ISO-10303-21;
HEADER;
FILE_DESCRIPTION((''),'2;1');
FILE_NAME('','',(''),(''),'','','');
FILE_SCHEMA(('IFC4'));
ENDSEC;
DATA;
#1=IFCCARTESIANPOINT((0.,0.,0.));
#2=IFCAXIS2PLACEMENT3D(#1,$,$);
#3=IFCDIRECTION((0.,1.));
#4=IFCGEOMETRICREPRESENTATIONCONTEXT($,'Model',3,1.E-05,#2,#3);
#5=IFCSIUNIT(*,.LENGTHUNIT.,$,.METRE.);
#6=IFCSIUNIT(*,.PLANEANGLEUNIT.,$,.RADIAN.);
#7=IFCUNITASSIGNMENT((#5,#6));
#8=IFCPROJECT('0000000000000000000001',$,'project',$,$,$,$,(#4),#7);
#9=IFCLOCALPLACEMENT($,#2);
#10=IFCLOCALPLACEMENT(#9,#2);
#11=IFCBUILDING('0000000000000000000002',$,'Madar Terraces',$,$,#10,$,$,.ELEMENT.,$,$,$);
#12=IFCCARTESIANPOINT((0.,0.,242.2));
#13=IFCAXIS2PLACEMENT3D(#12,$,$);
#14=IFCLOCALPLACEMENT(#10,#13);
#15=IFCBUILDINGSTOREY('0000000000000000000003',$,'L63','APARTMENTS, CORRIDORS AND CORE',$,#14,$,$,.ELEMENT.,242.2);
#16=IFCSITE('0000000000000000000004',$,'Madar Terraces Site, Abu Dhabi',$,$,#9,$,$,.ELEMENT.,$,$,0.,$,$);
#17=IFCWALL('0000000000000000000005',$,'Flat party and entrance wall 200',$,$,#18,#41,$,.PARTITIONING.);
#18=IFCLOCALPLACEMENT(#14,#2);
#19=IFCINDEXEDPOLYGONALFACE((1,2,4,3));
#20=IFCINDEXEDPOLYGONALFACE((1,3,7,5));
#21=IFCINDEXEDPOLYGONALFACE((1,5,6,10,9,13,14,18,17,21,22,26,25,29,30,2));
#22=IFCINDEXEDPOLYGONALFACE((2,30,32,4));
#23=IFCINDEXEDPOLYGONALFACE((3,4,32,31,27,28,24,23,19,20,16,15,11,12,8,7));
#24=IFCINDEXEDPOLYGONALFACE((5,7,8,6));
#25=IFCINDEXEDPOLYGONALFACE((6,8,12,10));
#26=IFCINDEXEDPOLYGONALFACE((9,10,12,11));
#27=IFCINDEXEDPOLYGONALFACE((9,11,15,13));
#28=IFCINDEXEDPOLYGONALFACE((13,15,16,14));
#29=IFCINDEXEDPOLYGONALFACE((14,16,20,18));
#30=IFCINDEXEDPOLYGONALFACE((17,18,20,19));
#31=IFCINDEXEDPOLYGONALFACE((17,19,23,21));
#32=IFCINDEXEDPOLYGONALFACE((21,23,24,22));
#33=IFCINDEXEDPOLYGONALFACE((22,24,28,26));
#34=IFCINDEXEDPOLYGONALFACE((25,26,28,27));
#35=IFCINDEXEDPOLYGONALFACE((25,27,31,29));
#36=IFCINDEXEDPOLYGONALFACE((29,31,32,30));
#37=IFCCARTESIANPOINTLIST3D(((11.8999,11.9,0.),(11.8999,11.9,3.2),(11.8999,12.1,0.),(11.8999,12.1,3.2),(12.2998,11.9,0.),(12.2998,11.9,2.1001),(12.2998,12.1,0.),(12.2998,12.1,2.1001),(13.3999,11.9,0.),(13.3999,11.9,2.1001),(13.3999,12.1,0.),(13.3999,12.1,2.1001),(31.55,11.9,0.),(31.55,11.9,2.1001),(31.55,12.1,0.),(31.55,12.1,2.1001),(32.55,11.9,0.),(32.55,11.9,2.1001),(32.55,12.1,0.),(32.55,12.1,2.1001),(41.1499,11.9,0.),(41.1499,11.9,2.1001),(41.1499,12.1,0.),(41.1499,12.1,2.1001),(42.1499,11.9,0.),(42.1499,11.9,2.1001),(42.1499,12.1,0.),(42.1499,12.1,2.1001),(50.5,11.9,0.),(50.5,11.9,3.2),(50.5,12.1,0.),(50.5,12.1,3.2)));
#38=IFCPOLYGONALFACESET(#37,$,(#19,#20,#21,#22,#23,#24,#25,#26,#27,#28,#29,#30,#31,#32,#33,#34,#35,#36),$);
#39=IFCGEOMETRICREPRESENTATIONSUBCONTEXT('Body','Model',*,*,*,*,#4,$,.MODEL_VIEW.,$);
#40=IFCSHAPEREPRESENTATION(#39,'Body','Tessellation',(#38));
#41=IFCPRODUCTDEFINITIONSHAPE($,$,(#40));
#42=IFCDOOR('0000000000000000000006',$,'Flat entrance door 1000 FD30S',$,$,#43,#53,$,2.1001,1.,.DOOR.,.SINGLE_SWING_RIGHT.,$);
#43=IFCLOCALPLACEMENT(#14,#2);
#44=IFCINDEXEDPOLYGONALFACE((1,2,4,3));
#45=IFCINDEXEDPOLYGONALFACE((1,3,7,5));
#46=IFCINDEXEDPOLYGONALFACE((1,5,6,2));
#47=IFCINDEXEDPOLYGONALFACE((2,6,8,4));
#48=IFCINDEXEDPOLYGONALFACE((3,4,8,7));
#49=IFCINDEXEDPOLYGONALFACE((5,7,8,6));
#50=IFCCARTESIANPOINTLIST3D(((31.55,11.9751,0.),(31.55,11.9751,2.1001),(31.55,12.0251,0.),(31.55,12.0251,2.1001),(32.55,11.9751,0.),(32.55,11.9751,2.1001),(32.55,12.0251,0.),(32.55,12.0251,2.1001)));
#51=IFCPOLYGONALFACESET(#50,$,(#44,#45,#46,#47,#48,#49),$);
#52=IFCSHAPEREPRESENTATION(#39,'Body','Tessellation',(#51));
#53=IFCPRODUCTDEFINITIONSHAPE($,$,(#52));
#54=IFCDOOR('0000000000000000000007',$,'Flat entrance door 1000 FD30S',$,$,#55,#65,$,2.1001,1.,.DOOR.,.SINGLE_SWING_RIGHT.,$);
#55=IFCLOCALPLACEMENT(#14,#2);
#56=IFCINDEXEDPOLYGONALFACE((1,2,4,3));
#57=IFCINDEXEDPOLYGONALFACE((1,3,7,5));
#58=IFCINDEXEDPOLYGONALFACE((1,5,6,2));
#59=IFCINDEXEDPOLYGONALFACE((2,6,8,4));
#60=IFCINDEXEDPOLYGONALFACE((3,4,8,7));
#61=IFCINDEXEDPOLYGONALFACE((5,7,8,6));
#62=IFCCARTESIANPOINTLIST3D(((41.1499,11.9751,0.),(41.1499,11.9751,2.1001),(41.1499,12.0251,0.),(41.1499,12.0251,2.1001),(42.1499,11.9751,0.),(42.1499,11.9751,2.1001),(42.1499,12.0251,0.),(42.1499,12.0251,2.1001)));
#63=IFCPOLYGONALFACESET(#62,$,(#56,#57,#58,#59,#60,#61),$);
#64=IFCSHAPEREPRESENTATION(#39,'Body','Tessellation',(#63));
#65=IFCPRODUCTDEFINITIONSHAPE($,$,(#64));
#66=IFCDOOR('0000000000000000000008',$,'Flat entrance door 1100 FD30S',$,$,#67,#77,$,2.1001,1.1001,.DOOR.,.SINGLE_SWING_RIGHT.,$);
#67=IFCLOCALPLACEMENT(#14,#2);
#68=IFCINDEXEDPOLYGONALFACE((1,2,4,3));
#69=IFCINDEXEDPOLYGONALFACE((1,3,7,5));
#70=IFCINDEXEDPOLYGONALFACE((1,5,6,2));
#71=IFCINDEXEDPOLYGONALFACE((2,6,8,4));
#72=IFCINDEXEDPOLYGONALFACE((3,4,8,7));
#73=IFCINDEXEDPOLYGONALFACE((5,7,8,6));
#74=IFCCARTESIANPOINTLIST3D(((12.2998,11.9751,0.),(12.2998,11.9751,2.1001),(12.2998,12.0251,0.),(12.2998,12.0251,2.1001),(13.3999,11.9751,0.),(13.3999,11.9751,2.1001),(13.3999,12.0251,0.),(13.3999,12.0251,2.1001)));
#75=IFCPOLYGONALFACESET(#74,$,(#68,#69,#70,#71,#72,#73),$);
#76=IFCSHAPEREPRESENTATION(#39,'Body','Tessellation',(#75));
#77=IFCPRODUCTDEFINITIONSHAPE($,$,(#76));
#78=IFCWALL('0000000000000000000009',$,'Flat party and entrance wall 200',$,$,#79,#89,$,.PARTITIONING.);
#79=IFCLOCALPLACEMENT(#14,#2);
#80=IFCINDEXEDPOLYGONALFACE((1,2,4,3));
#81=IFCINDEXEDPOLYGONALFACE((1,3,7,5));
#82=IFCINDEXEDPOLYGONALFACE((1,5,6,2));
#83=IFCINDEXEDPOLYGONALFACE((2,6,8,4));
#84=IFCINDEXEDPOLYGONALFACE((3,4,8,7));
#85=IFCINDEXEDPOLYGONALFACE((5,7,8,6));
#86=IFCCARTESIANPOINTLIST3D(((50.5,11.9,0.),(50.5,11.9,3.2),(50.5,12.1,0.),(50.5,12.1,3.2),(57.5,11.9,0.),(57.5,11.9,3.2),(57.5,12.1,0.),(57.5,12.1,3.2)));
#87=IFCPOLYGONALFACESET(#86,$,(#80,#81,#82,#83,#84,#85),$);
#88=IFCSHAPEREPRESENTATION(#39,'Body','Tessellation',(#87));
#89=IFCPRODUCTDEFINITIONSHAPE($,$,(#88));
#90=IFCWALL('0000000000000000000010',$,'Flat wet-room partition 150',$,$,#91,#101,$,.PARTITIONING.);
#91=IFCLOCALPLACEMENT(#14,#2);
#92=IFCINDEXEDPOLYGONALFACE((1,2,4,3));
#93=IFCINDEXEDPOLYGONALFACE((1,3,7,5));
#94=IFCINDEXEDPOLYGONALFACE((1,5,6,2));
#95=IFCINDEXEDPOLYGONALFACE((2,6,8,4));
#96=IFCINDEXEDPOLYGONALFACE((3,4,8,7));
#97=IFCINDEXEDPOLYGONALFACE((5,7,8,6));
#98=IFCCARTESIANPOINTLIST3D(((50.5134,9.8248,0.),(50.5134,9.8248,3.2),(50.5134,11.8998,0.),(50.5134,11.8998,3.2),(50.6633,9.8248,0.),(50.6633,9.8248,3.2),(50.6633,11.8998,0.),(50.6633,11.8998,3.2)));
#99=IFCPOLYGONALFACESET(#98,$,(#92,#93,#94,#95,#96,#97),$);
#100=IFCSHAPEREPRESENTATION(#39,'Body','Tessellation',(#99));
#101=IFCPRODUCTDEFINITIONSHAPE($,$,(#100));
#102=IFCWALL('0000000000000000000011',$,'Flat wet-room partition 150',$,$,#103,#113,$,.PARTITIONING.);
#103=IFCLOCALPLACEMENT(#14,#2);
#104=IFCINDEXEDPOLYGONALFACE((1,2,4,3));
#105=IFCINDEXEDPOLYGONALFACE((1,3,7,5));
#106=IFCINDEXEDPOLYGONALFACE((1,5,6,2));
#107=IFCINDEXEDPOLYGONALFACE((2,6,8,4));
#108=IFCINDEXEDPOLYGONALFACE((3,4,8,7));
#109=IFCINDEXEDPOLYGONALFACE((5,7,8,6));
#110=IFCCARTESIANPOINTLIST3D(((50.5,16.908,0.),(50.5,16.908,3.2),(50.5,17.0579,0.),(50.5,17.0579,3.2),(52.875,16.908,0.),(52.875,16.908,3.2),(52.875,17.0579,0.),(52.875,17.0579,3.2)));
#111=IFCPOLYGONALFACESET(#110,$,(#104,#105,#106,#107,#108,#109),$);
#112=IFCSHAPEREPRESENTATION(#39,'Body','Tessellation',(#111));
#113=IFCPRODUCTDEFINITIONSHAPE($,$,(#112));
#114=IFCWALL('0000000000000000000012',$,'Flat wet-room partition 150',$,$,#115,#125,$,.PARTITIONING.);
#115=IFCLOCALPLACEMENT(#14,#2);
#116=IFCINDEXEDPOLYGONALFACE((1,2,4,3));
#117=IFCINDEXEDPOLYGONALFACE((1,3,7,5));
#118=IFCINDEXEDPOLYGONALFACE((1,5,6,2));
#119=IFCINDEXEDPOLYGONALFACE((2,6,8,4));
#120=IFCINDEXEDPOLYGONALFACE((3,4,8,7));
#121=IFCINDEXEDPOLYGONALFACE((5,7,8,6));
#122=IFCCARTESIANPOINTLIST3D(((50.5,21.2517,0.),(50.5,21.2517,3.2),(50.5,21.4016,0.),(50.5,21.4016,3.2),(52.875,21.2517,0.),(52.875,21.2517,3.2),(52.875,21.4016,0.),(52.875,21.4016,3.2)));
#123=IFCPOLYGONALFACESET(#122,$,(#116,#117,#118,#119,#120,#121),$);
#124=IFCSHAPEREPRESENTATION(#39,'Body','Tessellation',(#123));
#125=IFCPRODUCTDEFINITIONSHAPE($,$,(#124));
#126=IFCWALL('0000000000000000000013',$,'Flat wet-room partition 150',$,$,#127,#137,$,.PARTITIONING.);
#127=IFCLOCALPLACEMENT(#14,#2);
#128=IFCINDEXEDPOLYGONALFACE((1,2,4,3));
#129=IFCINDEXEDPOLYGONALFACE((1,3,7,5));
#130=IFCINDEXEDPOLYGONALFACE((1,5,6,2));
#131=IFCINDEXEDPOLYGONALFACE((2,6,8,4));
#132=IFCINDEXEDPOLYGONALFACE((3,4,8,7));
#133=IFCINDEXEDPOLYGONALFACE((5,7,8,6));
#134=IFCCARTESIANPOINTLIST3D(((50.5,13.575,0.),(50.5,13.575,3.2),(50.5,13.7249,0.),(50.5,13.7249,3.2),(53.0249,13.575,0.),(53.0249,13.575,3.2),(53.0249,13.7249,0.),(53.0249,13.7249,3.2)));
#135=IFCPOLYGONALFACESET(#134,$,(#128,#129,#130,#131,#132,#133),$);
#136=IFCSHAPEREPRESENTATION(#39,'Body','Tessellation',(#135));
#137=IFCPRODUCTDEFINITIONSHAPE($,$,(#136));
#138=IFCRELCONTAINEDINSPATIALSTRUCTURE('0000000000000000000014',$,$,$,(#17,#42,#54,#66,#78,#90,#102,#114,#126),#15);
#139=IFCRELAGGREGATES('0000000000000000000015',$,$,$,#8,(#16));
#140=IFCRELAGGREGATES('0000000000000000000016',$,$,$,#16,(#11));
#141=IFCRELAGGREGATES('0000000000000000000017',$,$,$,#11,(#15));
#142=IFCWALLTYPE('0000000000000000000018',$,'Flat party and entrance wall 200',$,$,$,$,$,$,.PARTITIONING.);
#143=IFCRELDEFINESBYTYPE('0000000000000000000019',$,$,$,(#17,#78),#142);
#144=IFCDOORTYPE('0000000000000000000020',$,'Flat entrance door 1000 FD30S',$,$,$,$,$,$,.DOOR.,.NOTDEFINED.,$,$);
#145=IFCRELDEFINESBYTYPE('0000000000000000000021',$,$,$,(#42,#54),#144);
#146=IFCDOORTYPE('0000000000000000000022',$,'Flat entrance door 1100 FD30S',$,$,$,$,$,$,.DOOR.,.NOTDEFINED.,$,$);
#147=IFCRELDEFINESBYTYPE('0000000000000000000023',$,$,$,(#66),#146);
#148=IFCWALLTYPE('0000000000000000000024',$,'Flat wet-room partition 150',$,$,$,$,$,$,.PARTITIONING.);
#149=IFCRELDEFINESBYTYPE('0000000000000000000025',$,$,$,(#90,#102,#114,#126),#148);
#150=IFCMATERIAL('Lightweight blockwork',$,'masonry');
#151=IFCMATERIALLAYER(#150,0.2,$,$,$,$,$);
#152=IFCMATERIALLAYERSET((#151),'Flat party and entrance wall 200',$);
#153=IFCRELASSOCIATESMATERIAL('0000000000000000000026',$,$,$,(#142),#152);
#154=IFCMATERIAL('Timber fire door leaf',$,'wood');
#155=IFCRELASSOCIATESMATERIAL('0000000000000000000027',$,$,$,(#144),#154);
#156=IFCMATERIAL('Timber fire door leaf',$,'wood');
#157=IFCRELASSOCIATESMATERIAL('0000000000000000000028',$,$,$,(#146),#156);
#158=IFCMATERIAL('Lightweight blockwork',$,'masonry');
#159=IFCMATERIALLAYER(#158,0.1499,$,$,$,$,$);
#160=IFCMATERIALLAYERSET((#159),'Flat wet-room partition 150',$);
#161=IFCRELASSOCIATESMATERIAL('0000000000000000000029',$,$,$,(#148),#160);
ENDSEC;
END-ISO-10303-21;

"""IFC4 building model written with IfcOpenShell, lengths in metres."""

from ifc_helpers import new_model, si_unit, direction, frame, frame_2d, origin, place, context, subcontext, project, spatial, rectangle, extrude, material, layer, layer_set, type_object, element, fill, save


model = new_model("IFC4")

# Units and contexts
model_context = context("Model", 3, precision=1e-05, world=origin(), true_north=direction((0.0, 1.0)))
body_context = subcontext(model_context, "Body", "Model", "MODEL_VIEW")
ifc_project = project(units=[si_unit("LENGTHUNIT", "METRE"), si_unit("PLANEANGLEUNIT", "RADIAN")], contexts=[model_context])

# Site, building, storey
site_placement = place(None, origin())
site = spatial("IfcSite", under=ifc_project, at=site_placement, Name="Madar Terraces Site, Abu Dhabi", CompositionType="ELEMENT", RefElevation=0.0)
building_placement = place(site_placement, origin())
building = spatial("IfcBuilding", under=site, at=building_placement, Name="Madar Terraces", CompositionType="ELEMENT")
storey_placement = place(building_placement, frame((0.0, 0.0, 242.2)))
storey = spatial("IfcBuildingStorey", under=building, at=storey_placement, Name="L63", Description="APARTMENTS, CORRIDORS AND CORE", CompositionType="ELEMENT", Elevation=242.2)

# Wall, openings, doors
ifc_material_1 = material(Name="Lightweight blockwork", Category="masonry")
ifc_layer_1 = layer(ifc_material_1, 0.2)
ifc_layer_set_1 = layer_set([ifc_layer_1], Name="Flat party and entrance wall 200")
wall_type_1 = type_object("IfcWallType", Name="Flat party and entrance wall 200", PredefinedType="PARTITIONING", material=ifc_layer_set_1)
wall_1_placement = place(storey_placement, frame((50.5, 12.0, 0.0), z_axis=(0.0, 0.0, 1.0), x_axis=(-1.0, 0.0, 0.0)))
wall_1 = element("IfcWall", 1, at=wall_1_placement, inside=storey, type_object=wall_type_1, Name="Flat party and entrance wall 200", PredefinedType="PARTITIONING", context=body_context, shape_type="SweptSolid", body=[
    extrude(rectangle(XDim=38.6001, YDim=0.2, at=frame_2d((19.3, 0.0))), origin(), (0.0, 0.0, 1.0), 3.2),
])
opening_1_placement = place(wall_1_placement, frame((37.1001, 0.0, 0.0)))
opening_1 = element("IfcOpeningElement", 2, at=opening_1_placement, cuts=wall_1, PredefinedType="OPENING", context=body_context, shape_type="SweptSolid", body=[
    extrude(rectangle(XDim=1.1001, YDim=2.1001, at=frame_2d((0.55, 1.05))), frame((0.0, 0.1099, 0.0), z_axis=(0.0, -1.0, 0.0), x_axis=(1.0, 0.0, 0.0)), (0.0, 0.0, 1.0), 0.22),
])
opening_2_placement = place(wall_1_placement, frame((17.95, 0.0, 0.0)))
opening_2 = element("IfcOpeningElement", 3, at=opening_2_placement, cuts=wall_1, PredefinedType="OPENING", context=body_context, shape_type="SweptSolid", body=[
    extrude(rectangle(XDim=1.0, YDim=2.1001, at=frame_2d((0.5, 1.05))), frame((0.0, 0.1099, 0.0), z_axis=(0.0, -1.0, 0.0), x_axis=(1.0, 0.0, 0.0)), (0.0, 0.0, 1.0), 0.22),
])
opening_3_placement = place(wall_1_placement, frame((8.3501, 0.0, 0.0)))
opening_3 = element("IfcOpeningElement", 4, at=opening_3_placement, cuts=wall_1, PredefinedType="OPENING", context=body_context, shape_type="SweptSolid", body=[
    extrude(rectangle(XDim=1.0, YDim=2.1001, at=frame_2d((0.5, 1.05))), frame((0.0, 0.1099, 0.0), z_axis=(0.0, -1.0, 0.0), x_axis=(1.0, 0.0, 0.0)), (0.0, 0.0, 1.0), 0.22),
])
ifc_material_2 = material(Name="Timber fire door leaf", Category="wood")
door_type_1 = type_object("IfcDoorType", Name="Flat entrance door 1000 FD30S", OperationType="NOTDEFINED", PredefinedType="DOOR", material=ifc_material_2)
door_1_placement = place(opening_2_placement, origin())
door_1 = element("IfcDoor", 5, at=door_1_placement, inside=storey, type_object=door_type_1, Name="Flat entrance door 1000 FD30S", OperationType="SINGLE_SWING_RIGHT", OverallHeight=2.1001, OverallWidth=1.0, PredefinedType="DOOR", context=body_context, shape_type="SweptSolid", body=[
    extrude(rectangle(XDim=1.0, YDim=2.1001, at=frame_2d((0.5, 1.05))), frame((0.0, 0.0249, 0.0), z_axis=(0.0, -1.0, 0.0), x_axis=(1.0, 0.0, 0.0)), (0.0, 0.0, 1.0), 0.05),
])
fill(opening_2, door_1)
door_2_placement = place(opening_3_placement, origin())
door_2 = element("IfcDoor", 6, at=door_2_placement, inside=storey, type_object=door_type_1, Name="Flat entrance door 1000 FD30S", OperationType="SINGLE_SWING_RIGHT", OverallHeight=2.1001, OverallWidth=1.0, PredefinedType="DOOR", context=body_context, shape_type="SweptSolid", body=[
    extrude(rectangle(XDim=1.0, YDim=2.1001, at=frame_2d((0.5, 1.05))), frame((0.0, 0.0249, 0.0), z_axis=(0.0, -1.0, 0.0), x_axis=(1.0, 0.0, 0.0)), (0.0, 0.0, 1.0), 0.05),
])
fill(opening_3, door_2)
ifc_material_3 = material(Name="Timber fire door leaf", Category="wood")
door_type_2 = type_object("IfcDoorType", Name="Flat entrance door 1100 FD30S", OperationType="NOTDEFINED", PredefinedType="DOOR", material=ifc_material_3)
door_3_placement = place(opening_1_placement, origin())
door_3 = element("IfcDoor", 7, at=door_3_placement, inside=storey, type_object=door_type_2, Name="Flat entrance door 1100 FD30S", OperationType="SINGLE_SWING_RIGHT", OverallHeight=2.1001, OverallWidth=1.1001, PredefinedType="DOOR", context=body_context, shape_type="SweptSolid", body=[
    extrude(rectangle(XDim=1.1001, YDim=2.1001, at=frame_2d((0.55, 1.05))), frame((0.0, 0.0249, 0.0), z_axis=(0.0, -1.0, 0.0), x_axis=(1.0, 0.0, 0.0)), (0.0, 0.0, 1.0), 0.05),
])
fill(opening_1, door_3)

# Walls
wall_2_placement = place(storey_placement, frame((50.5, 12.0, 0.0), z_axis=(0.0, 0.0, 1.0), x_axis=(1.0, 0.0, 0.0)))
element("IfcWall", 8, at=wall_2_placement, inside=storey, type_object=wall_type_1, Name="Flat party and entrance wall 200", PredefinedType="PARTITIONING", context=body_context, shape_type="SweptSolid", body=[
    extrude(rectangle(XDim=7.0, YDim=0.2, at=frame_2d((3.5, 0.0))), origin(), (0.0, 0.0, 1.0), 3.2),
])
ifc_material_4 = material(Name="Lightweight blockwork", Category="masonry")
ifc_layer_2 = layer(ifc_material_4, 0.1499)
ifc_layer_set_2 = layer_set([ifc_layer_2], Name="Flat wet-room partition 150")
wall_type_2 = type_object("IfcWallType", Name="Flat wet-room partition 150", PredefinedType="PARTITIONING", material=ifc_layer_set_2)
wall_3_placement = place(storey_placement, frame((50.5884, 11.8999, 0.0), z_axis=(0.0, 0.0, 1.0), x_axis=(0.0, -1.0, 0.0)))
element("IfcWall", 9, at=wall_3_placement, inside=storey, type_object=wall_type_2, Name="Flat wet-room partition 150", PredefinedType="PARTITIONING", context=body_context, shape_type="SweptSolid", body=[
    extrude(rectangle(XDim=2.075, YDim=0.1499, at=frame_2d((1.0376, 0.0))), origin(), (0.0, 0.0, 1.0), 3.2),
])
for number, where, z_axis, x_axis, name in (
    (10, (50.5, 16.9829, 0.0), (0.0, 0.0, 1.0), (1.0, 0.0, 0.0), "Flat wet-room partition 150"),
    (11, (50.5, 21.3267, 0.0), (0.0, 0.0, 1.0), (1.0, 0.0, 0.0), "Flat wet-room partition 150"),
):
    element("IfcWall", number, at=place(storey_placement, frame(where, z_axis=z_axis, x_axis=x_axis)), inside=storey, type_object=wall_type_2, Name=name, PredefinedType="PARTITIONING", context=body_context, shape_type="SweptSolid", body=[
        extrude(rectangle(XDim=2.375, YDim=0.1499, at=frame_2d((1.1875, 0.0))), origin(), (0.0, 0.0, 1.0), 3.2),
    ])
wall_4_placement = place(storey_placement, frame((50.5, 13.6499, 0.0), z_axis=(0.0, 0.0, 1.0), x_axis=(1.0, 0.0, 0.0)))
element("IfcWall", 12, at=wall_4_placement, inside=storey, type_object=wall_type_2, Name="Flat wet-room partition 150", PredefinedType="PARTITIONING", context=body_context, shape_type="SweptSolid", body=[
    extrude(rectangle(XDim=2.5249, YDim=0.1499, at=frame_2d((1.2625, 0.0))), origin(), (0.0, 0.0, 1.0), 3.2),
])

save(model, "model.ifc")
